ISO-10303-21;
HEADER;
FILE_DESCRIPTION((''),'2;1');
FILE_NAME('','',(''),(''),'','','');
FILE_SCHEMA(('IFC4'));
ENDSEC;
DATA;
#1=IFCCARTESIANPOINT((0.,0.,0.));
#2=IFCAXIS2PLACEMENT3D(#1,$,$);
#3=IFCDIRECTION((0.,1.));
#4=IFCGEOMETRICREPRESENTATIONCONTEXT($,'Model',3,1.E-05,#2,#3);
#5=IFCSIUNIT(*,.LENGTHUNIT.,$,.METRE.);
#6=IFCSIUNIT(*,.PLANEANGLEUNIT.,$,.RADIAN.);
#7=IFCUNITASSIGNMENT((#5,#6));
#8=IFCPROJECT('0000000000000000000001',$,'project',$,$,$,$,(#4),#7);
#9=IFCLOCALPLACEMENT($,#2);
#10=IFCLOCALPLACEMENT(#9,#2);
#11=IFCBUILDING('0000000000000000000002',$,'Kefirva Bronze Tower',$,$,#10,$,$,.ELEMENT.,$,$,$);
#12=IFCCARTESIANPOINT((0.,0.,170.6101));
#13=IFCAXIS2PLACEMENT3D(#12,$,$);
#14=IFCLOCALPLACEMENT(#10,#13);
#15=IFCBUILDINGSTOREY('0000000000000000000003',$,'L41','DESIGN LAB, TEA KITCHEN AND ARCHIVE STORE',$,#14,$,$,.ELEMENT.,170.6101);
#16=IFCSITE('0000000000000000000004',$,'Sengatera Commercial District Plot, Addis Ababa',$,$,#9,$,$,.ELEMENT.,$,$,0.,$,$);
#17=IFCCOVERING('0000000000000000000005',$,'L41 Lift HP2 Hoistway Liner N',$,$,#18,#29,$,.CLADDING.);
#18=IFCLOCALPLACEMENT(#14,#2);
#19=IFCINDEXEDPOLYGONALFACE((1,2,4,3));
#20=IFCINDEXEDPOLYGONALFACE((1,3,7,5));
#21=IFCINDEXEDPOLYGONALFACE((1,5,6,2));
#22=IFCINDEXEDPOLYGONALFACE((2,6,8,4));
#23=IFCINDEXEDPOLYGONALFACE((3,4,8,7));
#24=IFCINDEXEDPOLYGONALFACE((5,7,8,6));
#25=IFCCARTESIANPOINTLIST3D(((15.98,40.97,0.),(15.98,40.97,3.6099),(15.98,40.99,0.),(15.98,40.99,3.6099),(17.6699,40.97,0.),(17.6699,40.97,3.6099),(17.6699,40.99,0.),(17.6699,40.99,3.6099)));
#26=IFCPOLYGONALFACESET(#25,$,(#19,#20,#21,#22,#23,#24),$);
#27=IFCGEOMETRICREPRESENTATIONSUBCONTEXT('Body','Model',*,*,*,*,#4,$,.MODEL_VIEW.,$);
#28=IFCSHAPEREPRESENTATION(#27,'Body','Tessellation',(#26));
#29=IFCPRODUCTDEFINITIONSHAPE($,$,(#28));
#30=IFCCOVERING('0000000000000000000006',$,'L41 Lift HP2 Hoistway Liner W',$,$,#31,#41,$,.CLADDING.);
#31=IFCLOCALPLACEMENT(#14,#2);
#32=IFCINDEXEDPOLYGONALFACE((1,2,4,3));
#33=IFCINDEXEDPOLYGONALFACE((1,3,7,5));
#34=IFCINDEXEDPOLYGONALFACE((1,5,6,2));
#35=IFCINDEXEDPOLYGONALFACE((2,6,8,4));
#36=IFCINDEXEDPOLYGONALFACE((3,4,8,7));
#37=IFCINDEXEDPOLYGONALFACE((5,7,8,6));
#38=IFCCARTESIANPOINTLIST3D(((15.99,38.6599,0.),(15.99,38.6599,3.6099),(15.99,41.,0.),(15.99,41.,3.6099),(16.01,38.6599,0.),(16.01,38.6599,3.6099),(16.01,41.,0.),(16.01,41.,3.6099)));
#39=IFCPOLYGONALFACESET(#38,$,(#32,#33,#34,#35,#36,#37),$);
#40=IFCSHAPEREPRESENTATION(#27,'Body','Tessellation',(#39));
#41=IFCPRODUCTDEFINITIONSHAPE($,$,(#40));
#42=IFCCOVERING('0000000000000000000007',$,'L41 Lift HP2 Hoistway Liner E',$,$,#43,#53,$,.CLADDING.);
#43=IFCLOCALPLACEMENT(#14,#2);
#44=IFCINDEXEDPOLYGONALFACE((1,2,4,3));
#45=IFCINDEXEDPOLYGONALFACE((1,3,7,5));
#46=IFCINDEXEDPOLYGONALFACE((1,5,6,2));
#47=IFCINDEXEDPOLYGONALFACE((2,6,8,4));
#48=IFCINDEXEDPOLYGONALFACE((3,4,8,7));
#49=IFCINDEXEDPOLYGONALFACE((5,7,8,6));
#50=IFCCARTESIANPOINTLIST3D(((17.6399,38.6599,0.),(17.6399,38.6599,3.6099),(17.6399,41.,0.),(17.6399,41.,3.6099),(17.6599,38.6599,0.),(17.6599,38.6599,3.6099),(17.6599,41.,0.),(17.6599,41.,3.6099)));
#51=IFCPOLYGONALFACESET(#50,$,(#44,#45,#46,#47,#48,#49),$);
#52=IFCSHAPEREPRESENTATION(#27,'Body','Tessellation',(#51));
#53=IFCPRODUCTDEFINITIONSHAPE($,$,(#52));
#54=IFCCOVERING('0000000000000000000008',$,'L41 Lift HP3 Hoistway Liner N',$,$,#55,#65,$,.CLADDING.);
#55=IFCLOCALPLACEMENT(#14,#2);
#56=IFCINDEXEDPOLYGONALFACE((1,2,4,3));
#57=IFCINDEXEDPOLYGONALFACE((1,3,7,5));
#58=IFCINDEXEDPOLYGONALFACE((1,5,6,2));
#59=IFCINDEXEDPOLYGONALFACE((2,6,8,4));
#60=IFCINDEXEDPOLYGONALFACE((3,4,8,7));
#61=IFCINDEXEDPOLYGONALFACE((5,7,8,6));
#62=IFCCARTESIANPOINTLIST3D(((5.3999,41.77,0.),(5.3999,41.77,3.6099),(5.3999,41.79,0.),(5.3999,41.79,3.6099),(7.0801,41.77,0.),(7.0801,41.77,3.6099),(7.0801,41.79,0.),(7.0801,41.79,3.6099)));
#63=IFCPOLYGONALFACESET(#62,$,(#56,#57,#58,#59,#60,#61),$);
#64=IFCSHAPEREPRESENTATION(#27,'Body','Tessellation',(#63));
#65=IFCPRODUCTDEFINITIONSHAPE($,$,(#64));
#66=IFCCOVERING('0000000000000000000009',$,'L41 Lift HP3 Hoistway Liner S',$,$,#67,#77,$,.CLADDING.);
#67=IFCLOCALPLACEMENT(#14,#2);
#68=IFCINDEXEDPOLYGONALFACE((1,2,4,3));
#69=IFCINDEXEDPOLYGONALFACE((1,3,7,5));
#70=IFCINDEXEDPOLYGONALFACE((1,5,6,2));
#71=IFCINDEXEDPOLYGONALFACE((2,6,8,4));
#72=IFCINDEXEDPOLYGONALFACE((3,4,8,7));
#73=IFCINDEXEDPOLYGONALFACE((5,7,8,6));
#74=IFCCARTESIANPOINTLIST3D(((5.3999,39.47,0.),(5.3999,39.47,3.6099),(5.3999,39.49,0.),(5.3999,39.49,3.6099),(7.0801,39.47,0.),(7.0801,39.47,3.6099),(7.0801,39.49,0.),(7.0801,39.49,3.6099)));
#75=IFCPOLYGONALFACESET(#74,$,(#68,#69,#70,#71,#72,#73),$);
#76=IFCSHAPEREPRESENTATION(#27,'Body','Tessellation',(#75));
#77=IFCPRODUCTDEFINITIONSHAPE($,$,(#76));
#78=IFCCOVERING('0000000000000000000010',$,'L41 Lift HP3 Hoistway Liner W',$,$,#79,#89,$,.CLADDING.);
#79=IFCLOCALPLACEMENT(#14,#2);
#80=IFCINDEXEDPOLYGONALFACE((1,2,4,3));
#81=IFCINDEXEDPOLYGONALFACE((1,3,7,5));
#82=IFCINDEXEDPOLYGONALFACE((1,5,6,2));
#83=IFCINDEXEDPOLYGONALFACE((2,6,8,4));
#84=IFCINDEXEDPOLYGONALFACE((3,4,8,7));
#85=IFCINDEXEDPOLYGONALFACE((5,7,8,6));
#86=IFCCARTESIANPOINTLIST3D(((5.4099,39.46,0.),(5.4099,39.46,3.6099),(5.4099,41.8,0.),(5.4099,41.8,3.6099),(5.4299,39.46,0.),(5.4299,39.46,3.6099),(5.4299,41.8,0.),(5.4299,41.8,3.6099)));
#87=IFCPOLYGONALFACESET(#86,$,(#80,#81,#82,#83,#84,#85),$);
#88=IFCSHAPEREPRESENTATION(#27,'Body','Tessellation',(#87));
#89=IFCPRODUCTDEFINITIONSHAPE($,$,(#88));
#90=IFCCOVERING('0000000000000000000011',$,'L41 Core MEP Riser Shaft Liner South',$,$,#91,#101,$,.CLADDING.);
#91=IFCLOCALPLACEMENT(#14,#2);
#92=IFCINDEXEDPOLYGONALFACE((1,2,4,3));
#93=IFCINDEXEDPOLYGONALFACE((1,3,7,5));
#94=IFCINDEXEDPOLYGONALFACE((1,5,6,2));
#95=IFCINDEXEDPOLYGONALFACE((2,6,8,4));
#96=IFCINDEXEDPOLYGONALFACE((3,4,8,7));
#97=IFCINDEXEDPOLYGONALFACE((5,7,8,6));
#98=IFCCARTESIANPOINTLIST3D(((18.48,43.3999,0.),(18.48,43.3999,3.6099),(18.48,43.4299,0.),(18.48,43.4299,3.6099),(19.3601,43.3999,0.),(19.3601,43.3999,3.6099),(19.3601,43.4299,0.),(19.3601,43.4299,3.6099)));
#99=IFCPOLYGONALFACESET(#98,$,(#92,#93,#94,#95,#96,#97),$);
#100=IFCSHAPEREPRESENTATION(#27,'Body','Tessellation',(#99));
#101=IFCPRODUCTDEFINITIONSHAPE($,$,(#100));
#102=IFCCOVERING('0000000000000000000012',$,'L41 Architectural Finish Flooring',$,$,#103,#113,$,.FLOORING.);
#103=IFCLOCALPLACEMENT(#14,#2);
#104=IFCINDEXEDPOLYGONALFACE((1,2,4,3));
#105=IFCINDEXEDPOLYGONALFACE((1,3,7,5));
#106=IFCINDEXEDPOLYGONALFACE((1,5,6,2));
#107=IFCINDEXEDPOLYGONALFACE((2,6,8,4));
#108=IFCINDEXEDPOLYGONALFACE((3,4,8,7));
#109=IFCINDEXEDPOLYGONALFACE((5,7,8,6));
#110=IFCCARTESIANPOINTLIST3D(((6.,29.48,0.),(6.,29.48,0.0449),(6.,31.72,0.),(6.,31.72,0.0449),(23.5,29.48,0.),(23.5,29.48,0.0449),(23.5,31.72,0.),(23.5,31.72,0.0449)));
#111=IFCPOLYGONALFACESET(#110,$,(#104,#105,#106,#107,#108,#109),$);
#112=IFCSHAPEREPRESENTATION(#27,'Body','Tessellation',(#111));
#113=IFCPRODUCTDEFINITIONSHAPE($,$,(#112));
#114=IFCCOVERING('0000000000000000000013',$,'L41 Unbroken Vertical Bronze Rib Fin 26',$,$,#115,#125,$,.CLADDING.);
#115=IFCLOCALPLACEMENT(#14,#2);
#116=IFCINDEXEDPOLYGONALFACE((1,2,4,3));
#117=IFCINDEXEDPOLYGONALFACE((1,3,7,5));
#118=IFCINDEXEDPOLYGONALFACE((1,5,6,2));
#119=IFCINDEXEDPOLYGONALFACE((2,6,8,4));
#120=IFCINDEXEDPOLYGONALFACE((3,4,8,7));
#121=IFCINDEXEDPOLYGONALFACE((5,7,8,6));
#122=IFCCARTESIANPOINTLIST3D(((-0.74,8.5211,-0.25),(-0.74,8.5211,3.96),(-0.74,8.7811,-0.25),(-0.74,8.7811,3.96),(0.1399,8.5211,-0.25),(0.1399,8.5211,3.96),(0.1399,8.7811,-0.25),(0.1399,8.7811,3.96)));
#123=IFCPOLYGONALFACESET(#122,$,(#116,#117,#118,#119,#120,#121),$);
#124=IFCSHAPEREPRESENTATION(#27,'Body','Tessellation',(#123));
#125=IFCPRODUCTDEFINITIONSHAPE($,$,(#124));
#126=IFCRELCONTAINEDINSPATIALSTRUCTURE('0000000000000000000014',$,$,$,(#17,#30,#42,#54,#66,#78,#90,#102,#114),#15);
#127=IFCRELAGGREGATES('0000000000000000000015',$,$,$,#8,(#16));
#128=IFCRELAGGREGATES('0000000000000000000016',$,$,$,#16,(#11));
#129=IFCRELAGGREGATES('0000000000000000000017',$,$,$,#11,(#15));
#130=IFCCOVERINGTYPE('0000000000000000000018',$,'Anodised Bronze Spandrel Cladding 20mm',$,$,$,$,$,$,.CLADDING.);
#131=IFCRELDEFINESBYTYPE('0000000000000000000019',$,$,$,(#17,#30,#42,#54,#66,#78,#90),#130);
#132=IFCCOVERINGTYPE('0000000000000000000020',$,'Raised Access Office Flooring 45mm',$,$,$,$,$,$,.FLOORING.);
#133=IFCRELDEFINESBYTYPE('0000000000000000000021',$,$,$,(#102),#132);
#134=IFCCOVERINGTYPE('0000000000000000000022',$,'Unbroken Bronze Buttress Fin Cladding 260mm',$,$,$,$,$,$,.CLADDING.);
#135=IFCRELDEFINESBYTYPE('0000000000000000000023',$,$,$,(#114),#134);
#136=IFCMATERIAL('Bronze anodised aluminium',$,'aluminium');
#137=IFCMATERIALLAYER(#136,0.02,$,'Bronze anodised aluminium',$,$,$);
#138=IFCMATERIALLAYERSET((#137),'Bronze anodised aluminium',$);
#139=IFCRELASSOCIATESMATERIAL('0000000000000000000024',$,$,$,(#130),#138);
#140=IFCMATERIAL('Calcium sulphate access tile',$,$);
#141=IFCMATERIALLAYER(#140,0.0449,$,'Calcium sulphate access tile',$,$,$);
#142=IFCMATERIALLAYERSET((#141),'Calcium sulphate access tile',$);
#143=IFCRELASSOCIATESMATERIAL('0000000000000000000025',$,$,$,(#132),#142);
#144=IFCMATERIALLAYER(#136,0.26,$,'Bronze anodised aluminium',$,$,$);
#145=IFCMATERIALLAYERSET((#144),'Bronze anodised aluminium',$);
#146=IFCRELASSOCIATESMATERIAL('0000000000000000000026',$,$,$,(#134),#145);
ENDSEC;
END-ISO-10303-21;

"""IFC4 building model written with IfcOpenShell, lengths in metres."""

from ifc_helpers import new_model, si_unit, direction, frame, origin, origin_2d, place, context, subcontext, project, spatial, polyline, rectangle, outline, extrude, material, layer, layer_set, type_object, element, save


model = new_model("IFC4")

# Units and contexts
model_context = context("Model", 3, precision=1e-05, world=origin(), true_north=direction((0.0, 1.0)))
body_context = subcontext(model_context, "Body", "Model", "MODEL_VIEW")
ifc_project = project(units=[si_unit("LENGTHUNIT", "METRE"), si_unit("PLANEANGLEUNIT", "RADIAN")], contexts=[model_context])

# Site, building, storey
site_placement = place(None, origin())
site = spatial("IfcSite", under=ifc_project, at=site_placement, Name="Sengatera Commercial District Plot, Addis Ababa", CompositionType="ELEMENT", RefElevation=0.0)
building_placement = place(site_placement, origin())
building = spatial("IfcBuilding", under=site, at=building_placement, Name="Kefirva Bronze Tower", CompositionType="ELEMENT")
storey_placement = place(building_placement, frame((0.0, 0.0, 170.6101)))
storey = spatial("IfcBuildingStorey", under=building, at=storey_placement, Name="L41", Description="DESIGN LAB, TEA KITCHEN AND ARCHIVE STORE", CompositionType="ELEMENT", Elevation=170.6101)

# Shared definitions
ifc_material_1 = material(Name="Bronze anodised aluminium", Category="aluminium")

# Coverings
ifc_layer_1 = layer(ifc_material_1, 0.02, Name="Bronze anodised aluminium")
ifc_layer_set_1 = layer_set([ifc_layer_1], Name="Bronze anodised aluminium")
covering_type_1 = type_object("IfcCoveringType", Name="Anodised Bronze Spandrel Cladding 20mm", PredefinedType="CLADDING", material=ifc_layer_set_1)
covering_1_placement = place(storey_placement, origin())
element("IfcCovering", 1, at=covering_1_placement, inside=storey, type_object=covering_type_1, Name="L41 Lift HP2 Hoistway Liner N", PredefinedType="CLADDING", context=body_context, shape_type="SweptSolid", body=[
    extrude(outline(polyline([(15.98, 40.97), (17.6699, 40.97), (17.6699, 40.99), (15.98, 40.99), (15.98, 40.97)])), origin(), (0.0, 0.0, 1.0), 3.6099),
])
covering_2_placement = place(storey_placement, origin())
element("IfcCovering", 2, at=covering_2_placement, inside=storey, type_object=covering_type_1, Name="L41 Lift HP2 Hoistway Liner W", PredefinedType="CLADDING", context=body_context, shape_type="SweptSolid", body=[
    extrude(outline(polyline([(15.99, 38.6599), (16.01, 38.6599), (16.01, 41.0), (15.99, 41.0), (15.99, 38.6599)])), origin(), (0.0, 0.0, 1.0), 3.6099),
])
covering_3_placement = place(storey_placement, origin())
element("IfcCovering", 3, at=covering_3_placement, inside=storey, type_object=covering_type_1, Name="L41 Lift HP2 Hoistway Liner E", PredefinedType="CLADDING", context=body_context, shape_type="SweptSolid", body=[
    extrude(outline(polyline([(17.6399, 38.6599), (17.6599, 38.6599), (17.6599, 41.0), (17.6399, 41.0), (17.6399, 38.6599)])), origin(), (0.0, 0.0, 1.0), 3.6099),
])
covering_4_placement = place(storey_placement, origin())
element("IfcCovering", 4, at=covering_4_placement, inside=storey, type_object=covering_type_1, Name="L41 Lift HP3 Hoistway Liner N", PredefinedType="CLADDING", context=body_context, shape_type="SweptSolid", body=[
    extrude(outline(polyline([(5.3999, 41.77), (7.0801, 41.77), (7.0801, 41.79), (5.3999, 41.79), (5.3999, 41.77)])), origin(), (0.0, 0.0, 1.0), 3.6099),
])
covering_5_placement = place(storey_placement, origin())
element("IfcCovering", 5, at=covering_5_placement, inside=storey, type_object=covering_type_1, Name="L41 Lift HP3 Hoistway Liner S", PredefinedType="CLADDING", context=body_context, shape_type="SweptSolid", body=[
    extrude(outline(polyline([(5.3999, 39.47), (7.0801, 39.47), (7.0801, 39.49), (5.3999, 39.49), (5.3999, 39.47)])), origin(), (0.0, 0.0, 1.0), 3.6099),
])
covering_6_placement = place(storey_placement, origin())
element("IfcCovering", 6, at=covering_6_placement, inside=storey, type_object=covering_type_1, Name="L41 Lift HP3 Hoistway Liner W", PredefinedType="CLADDING", context=body_context, shape_type="SweptSolid", body=[
    extrude(outline(polyline([(5.4099, 39.46), (5.4299, 39.46), (5.4299, 41.8), (5.4099, 41.8), (5.4099, 39.46)])), origin(), (0.0, 0.0, 1.0), 3.6099),
])
covering_7_placement = place(storey_placement, origin())
element("IfcCovering", 7, at=covering_7_placement, inside=storey, type_object=covering_type_1, Name="L41 Core MEP Riser Shaft Liner South", PredefinedType="CLADDING", context=body_context, shape_type="SweptSolid", body=[
    extrude(outline(polyline([(18.48, 43.3999), (19.3601, 43.3999), (19.3601, 43.4299), (18.48, 43.4299), (18.48, 43.3999)])), origin(), (0.0, 0.0, 1.0), 3.6099),
])
ifc_material_2 = material(Name="Calcium sulphate access tile")
ifc_layer_2 = layer(ifc_material_2, 0.0449, Name="Calcium sulphate access tile")
ifc_layer_set_2 = layer_set([ifc_layer_2], Name="Calcium sulphate access tile")
covering_type_2 = type_object("IfcCoveringType", Name="Raised Access Office Flooring 45mm", PredefinedType="FLOORING", material=ifc_layer_set_2)
covering_8_placement = place(storey_placement, origin())
element("IfcCovering", 8, at=covering_8_placement, inside=storey, type_object=covering_type_2, Name="L41 Architectural Finish Flooring", PredefinedType="FLOORING", context=body_context, shape_type="SweptSolid", body=[
    extrude(outline(polyline([(6.0, 29.48), (23.5, 29.48), (23.5, 31.72), (6.0, 31.72), (6.0, 29.48)])), origin(), (0.0, 0.0, 1.0), 0.0449),
])
ifc_layer_3 = layer(ifc_material_1, 0.26, Name="Bronze anodised aluminium")
ifc_layer_set_3 = layer_set([ifc_layer_3], Name="Bronze anodised aluminium")
covering_type_3 = type_object("IfcCoveringType", Name="Unbroken Bronze Buttress Fin Cladding 260mm", PredefinedType="CLADDING", material=ifc_layer_set_3)
covering_9_placement = place(storey_placement, frame((-0.3, 8.6511, -0.25), z_axis=(0.0, 0.0, 1.0), x_axis=(0.0, -1.0, 0.0)))
element("IfcCovering", 9, at=covering_9_placement, inside=storey, type_object=covering_type_3, Name="L41 Unbroken Vertical Bronze Rib Fin 26", PredefinedType="CLADDING", context=body_context, shape_type="SweptSolid", body=[
    extrude(rectangle(XDim=0.26, YDim=0.8799, at=origin_2d()), origin(), (0.0, 0.0, 1.0), 4.21),
])

save(model, "model.ifc")
